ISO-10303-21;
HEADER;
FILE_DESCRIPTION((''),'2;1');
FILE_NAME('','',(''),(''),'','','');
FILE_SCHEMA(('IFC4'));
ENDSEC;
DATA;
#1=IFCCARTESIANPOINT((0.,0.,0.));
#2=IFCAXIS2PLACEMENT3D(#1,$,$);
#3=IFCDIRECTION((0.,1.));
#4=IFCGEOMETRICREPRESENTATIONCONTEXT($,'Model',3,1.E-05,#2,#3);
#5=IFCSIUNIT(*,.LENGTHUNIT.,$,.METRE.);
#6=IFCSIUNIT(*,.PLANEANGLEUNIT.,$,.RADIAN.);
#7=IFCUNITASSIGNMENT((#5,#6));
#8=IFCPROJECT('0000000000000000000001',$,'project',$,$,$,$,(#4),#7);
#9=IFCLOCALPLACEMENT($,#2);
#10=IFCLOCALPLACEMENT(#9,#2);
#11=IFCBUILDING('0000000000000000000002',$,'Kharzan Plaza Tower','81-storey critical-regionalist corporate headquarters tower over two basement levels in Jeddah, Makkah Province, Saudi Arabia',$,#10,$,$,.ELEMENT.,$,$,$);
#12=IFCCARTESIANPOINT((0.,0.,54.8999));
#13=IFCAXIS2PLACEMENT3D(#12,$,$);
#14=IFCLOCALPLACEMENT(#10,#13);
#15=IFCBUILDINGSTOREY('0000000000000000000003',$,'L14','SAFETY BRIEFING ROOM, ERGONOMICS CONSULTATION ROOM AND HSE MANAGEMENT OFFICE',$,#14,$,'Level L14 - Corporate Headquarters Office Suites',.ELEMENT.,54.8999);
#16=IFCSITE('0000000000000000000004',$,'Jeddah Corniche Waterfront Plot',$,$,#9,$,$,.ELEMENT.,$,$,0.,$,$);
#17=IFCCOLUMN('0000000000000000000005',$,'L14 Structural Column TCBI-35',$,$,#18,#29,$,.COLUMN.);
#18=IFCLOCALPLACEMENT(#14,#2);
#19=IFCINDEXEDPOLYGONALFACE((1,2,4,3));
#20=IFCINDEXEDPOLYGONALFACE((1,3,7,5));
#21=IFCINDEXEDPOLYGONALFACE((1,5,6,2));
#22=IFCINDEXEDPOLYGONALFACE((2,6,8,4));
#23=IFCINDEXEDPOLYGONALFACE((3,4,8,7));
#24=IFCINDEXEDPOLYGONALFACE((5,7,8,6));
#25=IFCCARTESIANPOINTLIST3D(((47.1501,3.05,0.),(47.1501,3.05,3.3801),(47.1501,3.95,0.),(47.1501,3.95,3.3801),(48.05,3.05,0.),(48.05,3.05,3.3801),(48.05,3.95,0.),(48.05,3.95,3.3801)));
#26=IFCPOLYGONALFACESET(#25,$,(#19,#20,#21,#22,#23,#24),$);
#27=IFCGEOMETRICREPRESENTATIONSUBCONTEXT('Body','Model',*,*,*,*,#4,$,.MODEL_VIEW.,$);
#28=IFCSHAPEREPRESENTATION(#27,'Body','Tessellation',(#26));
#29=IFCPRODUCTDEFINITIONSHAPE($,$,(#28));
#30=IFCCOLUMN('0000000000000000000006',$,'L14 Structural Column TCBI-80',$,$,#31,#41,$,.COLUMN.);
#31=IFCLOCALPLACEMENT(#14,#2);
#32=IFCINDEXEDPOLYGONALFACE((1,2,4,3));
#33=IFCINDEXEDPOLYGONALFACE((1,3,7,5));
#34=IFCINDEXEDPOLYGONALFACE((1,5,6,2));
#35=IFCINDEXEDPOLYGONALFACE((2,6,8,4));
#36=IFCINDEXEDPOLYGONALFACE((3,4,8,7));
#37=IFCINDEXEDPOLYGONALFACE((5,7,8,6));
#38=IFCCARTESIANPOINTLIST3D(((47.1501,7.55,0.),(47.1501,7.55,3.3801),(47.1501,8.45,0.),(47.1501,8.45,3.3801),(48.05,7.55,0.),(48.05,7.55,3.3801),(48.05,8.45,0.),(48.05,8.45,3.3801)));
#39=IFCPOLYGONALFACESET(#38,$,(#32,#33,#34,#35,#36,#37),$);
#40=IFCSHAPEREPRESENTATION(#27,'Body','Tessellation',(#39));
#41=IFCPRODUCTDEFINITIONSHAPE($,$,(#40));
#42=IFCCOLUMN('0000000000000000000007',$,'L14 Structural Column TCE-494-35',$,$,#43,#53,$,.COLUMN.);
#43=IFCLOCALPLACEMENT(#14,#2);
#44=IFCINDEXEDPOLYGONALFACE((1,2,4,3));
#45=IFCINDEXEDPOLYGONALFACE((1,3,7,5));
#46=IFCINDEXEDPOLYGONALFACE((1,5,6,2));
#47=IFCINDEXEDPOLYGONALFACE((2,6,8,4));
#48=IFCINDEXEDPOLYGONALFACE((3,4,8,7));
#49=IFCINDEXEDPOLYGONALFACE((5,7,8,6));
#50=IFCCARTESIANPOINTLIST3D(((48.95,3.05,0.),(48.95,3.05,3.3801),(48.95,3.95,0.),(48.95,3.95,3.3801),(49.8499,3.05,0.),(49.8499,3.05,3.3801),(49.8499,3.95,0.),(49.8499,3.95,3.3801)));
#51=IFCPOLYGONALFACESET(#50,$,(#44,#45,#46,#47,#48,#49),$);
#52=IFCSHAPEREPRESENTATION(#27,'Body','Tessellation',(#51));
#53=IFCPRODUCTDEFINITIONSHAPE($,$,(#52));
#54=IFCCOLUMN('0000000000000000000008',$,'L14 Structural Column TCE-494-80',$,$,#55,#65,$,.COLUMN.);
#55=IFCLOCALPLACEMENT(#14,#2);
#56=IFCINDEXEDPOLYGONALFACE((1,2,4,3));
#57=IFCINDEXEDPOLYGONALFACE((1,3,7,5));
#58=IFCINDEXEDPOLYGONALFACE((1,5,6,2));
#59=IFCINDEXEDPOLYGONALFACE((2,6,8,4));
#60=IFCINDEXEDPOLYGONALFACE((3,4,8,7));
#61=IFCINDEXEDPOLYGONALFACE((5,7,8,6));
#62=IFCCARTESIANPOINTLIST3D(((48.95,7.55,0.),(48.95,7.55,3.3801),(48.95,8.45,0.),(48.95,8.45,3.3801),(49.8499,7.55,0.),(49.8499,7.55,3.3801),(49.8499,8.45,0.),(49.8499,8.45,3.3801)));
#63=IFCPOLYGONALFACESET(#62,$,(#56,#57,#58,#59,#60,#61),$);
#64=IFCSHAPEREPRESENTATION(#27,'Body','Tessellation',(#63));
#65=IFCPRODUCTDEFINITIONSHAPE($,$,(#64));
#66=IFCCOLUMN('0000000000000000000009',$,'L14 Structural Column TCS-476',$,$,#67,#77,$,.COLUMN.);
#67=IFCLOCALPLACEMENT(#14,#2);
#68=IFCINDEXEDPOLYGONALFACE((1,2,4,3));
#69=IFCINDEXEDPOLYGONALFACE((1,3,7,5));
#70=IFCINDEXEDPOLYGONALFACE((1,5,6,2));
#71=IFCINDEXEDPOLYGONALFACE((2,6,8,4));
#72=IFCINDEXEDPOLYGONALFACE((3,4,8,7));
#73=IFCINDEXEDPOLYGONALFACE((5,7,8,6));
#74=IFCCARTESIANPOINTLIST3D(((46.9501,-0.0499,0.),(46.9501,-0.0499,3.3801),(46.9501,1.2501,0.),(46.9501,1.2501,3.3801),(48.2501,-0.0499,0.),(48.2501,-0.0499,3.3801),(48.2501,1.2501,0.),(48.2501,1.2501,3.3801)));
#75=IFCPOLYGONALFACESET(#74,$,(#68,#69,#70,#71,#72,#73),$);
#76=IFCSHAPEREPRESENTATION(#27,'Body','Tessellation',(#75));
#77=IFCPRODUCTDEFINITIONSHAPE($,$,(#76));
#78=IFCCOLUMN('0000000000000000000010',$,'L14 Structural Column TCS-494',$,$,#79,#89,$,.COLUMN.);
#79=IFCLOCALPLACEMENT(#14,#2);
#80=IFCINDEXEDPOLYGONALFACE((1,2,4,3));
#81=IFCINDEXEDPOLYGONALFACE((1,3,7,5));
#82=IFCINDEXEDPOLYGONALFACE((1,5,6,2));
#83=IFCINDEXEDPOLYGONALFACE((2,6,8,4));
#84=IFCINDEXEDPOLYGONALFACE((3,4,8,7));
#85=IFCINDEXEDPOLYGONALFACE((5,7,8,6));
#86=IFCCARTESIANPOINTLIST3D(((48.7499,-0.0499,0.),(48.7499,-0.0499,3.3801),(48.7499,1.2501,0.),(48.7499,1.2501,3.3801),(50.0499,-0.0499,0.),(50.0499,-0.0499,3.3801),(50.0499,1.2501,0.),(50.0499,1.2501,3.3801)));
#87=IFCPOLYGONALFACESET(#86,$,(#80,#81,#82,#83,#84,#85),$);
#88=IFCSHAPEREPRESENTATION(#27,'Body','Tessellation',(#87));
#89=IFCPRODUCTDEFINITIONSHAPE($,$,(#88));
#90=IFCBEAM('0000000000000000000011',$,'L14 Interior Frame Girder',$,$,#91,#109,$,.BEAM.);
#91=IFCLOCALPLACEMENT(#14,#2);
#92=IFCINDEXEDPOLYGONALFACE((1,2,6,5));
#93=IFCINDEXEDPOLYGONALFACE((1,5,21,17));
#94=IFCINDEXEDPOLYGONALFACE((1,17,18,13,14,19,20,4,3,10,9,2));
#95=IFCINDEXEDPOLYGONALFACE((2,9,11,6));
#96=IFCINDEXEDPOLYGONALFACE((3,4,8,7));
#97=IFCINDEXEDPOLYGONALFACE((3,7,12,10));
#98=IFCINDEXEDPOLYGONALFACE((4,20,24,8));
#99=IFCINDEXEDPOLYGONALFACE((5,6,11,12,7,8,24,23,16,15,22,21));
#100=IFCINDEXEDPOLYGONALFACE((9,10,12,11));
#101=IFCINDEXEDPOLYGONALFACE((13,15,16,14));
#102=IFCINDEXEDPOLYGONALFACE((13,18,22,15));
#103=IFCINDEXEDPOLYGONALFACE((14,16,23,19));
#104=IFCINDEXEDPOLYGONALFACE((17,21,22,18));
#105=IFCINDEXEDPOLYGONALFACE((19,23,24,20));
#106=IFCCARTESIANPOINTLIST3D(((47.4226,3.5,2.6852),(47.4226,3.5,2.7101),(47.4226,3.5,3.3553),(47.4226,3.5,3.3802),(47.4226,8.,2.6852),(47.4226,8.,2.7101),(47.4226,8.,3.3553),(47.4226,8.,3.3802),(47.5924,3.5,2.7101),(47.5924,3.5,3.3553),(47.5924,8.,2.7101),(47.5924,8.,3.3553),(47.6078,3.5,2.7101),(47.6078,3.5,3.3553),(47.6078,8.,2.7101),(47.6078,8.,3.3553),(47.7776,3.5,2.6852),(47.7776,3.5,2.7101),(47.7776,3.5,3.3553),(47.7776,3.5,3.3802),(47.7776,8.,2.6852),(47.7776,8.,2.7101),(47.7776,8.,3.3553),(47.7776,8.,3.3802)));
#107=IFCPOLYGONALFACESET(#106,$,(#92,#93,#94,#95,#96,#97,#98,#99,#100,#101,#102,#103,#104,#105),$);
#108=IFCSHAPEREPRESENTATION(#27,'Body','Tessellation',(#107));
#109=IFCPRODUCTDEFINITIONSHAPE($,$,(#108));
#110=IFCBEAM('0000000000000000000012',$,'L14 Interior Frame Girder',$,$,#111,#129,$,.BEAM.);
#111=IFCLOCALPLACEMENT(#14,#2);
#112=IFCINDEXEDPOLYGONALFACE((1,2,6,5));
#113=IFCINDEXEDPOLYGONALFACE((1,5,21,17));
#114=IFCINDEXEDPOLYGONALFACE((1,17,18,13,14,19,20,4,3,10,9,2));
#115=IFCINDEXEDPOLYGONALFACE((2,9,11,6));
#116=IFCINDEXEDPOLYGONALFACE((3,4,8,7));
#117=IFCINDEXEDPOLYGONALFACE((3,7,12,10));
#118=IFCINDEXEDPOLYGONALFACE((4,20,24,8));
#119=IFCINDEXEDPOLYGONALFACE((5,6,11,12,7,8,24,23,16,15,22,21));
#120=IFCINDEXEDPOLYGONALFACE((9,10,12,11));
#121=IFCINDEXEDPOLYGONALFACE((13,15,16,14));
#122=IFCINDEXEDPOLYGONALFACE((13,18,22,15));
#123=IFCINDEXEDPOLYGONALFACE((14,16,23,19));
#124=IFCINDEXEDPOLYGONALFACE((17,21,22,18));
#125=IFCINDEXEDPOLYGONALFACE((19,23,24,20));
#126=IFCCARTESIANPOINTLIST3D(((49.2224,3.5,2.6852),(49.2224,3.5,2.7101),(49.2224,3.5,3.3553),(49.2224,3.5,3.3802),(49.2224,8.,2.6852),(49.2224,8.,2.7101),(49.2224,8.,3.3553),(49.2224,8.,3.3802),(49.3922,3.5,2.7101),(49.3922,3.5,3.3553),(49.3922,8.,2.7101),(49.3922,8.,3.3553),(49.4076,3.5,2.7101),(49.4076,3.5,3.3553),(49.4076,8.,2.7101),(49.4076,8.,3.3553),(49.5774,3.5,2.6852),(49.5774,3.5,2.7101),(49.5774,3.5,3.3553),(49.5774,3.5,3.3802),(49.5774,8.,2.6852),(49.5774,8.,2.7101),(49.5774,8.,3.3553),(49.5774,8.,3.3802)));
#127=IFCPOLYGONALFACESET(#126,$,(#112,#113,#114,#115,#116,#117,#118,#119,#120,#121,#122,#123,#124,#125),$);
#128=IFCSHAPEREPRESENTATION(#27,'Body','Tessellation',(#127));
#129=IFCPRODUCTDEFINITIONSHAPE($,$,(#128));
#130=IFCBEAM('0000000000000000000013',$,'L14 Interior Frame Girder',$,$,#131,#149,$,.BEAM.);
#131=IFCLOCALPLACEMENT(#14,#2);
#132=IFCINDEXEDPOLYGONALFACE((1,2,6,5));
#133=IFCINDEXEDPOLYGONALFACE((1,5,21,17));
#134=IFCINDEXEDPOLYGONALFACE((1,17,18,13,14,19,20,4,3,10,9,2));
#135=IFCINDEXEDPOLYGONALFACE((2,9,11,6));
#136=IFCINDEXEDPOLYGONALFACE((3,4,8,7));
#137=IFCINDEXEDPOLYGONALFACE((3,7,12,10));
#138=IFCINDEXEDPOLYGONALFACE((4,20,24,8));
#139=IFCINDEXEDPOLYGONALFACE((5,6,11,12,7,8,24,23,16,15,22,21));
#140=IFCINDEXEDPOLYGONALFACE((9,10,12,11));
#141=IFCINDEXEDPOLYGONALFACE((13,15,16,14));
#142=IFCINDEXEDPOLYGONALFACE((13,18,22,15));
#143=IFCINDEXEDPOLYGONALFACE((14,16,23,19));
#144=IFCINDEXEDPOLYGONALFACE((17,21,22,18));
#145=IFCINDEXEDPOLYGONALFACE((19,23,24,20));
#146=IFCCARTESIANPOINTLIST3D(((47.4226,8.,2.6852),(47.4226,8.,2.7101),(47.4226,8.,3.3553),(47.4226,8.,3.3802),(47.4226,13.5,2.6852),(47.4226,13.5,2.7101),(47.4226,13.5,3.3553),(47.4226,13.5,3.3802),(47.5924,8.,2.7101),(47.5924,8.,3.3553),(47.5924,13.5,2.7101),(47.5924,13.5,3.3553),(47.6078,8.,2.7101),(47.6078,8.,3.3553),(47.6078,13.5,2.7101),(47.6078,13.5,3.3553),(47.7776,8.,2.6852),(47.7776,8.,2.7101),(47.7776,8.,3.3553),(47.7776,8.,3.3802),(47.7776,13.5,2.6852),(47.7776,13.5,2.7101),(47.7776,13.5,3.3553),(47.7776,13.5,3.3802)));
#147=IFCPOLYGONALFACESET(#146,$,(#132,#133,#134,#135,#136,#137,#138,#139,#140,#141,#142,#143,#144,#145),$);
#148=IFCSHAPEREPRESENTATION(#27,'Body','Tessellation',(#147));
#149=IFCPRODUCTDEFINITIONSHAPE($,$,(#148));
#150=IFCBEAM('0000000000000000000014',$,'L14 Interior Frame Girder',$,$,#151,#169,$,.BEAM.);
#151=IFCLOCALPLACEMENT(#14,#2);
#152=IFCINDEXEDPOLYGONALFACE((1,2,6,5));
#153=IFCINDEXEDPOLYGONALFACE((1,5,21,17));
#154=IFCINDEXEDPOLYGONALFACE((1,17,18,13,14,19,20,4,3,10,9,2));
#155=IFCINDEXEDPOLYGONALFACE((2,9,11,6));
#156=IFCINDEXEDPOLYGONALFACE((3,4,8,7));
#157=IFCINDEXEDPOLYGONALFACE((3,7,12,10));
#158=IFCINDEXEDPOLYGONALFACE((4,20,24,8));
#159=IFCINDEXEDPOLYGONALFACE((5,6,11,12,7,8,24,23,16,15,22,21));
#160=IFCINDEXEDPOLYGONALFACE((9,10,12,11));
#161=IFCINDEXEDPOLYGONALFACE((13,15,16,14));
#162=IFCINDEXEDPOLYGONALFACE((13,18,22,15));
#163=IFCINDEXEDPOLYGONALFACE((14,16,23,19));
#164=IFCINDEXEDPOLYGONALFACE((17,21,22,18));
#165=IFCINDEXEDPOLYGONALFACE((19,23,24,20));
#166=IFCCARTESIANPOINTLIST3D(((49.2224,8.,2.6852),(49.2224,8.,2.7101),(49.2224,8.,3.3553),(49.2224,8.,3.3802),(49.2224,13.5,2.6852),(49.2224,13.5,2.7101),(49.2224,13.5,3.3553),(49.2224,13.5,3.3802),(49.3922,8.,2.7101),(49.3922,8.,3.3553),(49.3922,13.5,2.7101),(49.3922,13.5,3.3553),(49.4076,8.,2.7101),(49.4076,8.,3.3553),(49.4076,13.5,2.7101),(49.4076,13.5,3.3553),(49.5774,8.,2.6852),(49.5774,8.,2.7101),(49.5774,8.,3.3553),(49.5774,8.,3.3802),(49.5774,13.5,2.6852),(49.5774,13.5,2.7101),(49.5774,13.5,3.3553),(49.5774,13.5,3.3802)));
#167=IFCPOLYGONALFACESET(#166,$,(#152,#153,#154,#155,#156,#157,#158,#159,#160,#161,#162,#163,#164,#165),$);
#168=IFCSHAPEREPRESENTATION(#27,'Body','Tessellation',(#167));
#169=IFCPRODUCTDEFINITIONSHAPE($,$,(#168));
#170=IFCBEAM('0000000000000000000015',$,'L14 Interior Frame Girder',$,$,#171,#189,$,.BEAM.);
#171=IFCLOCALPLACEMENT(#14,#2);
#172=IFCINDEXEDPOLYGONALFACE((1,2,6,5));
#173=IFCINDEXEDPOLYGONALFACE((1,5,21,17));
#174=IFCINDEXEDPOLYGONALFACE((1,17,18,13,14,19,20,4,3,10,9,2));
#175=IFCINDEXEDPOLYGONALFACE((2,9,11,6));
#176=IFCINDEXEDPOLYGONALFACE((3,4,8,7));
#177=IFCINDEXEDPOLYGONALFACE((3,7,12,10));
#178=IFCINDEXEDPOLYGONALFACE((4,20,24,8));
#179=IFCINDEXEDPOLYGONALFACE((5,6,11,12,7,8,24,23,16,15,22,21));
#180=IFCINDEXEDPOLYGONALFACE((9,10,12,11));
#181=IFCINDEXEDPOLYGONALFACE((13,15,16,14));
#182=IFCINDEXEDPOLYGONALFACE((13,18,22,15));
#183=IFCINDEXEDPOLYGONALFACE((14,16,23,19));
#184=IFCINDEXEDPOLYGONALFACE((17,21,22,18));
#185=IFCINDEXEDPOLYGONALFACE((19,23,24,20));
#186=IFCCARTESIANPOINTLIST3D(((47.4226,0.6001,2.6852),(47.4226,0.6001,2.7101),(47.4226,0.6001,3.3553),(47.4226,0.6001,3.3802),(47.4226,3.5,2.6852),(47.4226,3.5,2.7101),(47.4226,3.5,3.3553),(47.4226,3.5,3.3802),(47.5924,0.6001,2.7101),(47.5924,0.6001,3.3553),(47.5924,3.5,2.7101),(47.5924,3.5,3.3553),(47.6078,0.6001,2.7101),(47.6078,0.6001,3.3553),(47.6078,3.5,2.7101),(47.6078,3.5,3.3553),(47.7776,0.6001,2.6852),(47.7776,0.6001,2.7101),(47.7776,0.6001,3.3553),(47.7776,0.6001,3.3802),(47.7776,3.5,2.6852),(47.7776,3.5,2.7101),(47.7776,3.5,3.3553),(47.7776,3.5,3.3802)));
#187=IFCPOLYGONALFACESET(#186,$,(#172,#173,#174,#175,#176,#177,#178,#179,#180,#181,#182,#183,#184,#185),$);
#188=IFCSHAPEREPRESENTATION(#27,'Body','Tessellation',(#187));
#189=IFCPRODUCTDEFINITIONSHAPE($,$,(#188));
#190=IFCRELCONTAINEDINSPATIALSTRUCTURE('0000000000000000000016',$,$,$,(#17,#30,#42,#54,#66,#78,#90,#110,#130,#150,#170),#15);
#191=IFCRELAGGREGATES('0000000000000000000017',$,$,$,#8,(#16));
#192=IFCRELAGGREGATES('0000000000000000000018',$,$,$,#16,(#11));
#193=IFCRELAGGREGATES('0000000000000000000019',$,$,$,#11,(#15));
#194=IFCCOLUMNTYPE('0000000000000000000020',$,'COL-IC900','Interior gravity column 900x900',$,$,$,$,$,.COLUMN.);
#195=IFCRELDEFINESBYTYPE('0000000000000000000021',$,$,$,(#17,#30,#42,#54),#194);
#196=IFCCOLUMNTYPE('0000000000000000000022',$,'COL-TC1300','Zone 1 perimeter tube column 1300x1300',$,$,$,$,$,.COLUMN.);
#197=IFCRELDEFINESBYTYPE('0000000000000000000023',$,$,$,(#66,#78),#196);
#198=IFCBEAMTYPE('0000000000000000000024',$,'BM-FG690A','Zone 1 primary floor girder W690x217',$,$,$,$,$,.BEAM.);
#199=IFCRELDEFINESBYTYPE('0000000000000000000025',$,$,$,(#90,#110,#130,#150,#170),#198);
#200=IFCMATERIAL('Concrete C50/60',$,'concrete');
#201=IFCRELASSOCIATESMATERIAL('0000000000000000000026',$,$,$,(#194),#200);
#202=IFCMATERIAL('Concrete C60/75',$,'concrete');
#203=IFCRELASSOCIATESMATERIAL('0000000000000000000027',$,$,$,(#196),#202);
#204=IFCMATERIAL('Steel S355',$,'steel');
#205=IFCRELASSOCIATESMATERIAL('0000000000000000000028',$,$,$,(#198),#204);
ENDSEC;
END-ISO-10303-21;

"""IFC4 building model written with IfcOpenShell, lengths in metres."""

from ifc_helpers import new_model, si_unit, direction, frame, origin, origin_2d, place, context, subcontext, project, spatial, rectangle, i_section, extrude, source, transform, mapped, material, material_profile, profile_set, type_object, element, save


model = new_model("IFC4")

# Units and contexts
model_context = context("Model", 3, precision=1e-05, world=origin(), true_north=direction((0.0, 1.0)))
body_context = subcontext(model_context, "Body", "Model", "MODEL_VIEW")
ifc_project = project(units=[si_unit("LENGTHUNIT", "METRE"), si_unit("PLANEANGLEUNIT", "RADIAN")], contexts=[model_context])

# Site, building, storey
site_placement = place(None, origin())
site = spatial("IfcSite", under=ifc_project, at=site_placement, Name="Jeddah Corniche Waterfront Plot", CompositionType="ELEMENT", RefElevation=0.0)
building_placement = place(site_placement, origin())
building = spatial("IfcBuilding", under=site, at=building_placement, Name="Kharzan Plaza Tower", Description="81-storey critical-regionalist corporate headquarters tower over two basement levels in Jeddah, Makkah Province, Saudi Arabia", CompositionType="ELEMENT")
storey_placement = place(building_placement, frame((0.0, 0.0, 54.8999)))
storey = spatial("IfcBuildingStorey", under=building, at=storey_placement, Name="L14", Description="SAFETY BRIEFING ROOM, ERGONOMICS CONSULTATION ROOM AND HSE MANAGEMENT OFFICE", LongName="Level L14 - Corporate Headquarters Office Suites", CompositionType="ELEMENT", Elevation=54.8999)

# Columns
ifc_material_1 = material(Name="Concrete C50/60", Category="concrete")
ifc_material_profile_1 = material_profile(ifc_material_1, rectangle(XDim=0.8999, YDim=0.8999, at=origin_2d()), Name="RC-IC900x900")
ifc_profile_set_1 = profile_set([ifc_material_profile_1], Name="Concrete C50/60")
column_type_1 = type_object("IfcColumnType", Name="COL-IC900", Description="Interior gravity column 900x900", PredefinedType="COLUMN", material=ifc_profile_set_1)
shared_shape_1 = source(origin(), body_context, "Body", "SweptSolid", [
    extrude(rectangle(XDim=0.8999, YDim=0.8999, at=origin_2d()), origin(), (0.0, 0.0, 1.0), 3.3801),
])
for number, where, z_axis, x_axis, name in (
    (1, (47.6001, 3.5, 0.0), (0.0, 0.0, 1.0), (1.0, 0.0, 0.0), "L14 Structural Column TCBI-35"),
    (2, (47.6001, 8.0, 0.0), (0.0, 0.0, 1.0), (1.0, 0.0, 0.0), "L14 Structural Column TCBI-80"),
    (3, (49.3999, 3.5, 0.0), (0.0, 0.0, 1.0), (1.0, 0.0, 0.0), "L14 Structural Column TCE-494-35"),
    (4, (49.3999, 8.0, 0.0), (0.0, 0.0, 1.0), (1.0, 0.0, 0.0), "L14 Structural Column TCE-494-80"),
):
    element("IfcColumn", number, at=place(storey_placement, frame(where, z_axis=z_axis, x_axis=x_axis)), inside=storey, type_object=column_type_1, Name=name, PredefinedType="COLUMN", context=body_context, shape_type="MappedRepresentation", body=[
        mapped(shared_shape_1, transform((0.0, 0.0, 0.0), x_axis=(1.0, 0.0, 0.0), y_axis=(0.0, 1.0, 0.0), z_axis=(0.0, 0.0, 1.0))),
    ])
ifc_material_2 = material(Name="Concrete C60/75", Category="concrete")
ifc_material_profile_2 = material_profile(ifc_material_2, rectangle(XDim=1.3, YDim=1.3, at=origin_2d()), Name="RC-TC1300x1300")
ifc_profile_set_2 = profile_set([ifc_material_profile_2], Name="Concrete C60/75")
column_type_2 = type_object("IfcColumnType", Name="COL-TC1300", Description="Zone 1 perimeter tube column 1300x1300", PredefinedType="COLUMN", material=ifc_profile_set_2)
shared_shape_2 = source(origin(), body_context, "Body", "SweptSolid", [
    extrude(rectangle(XDim=1.3, YDim=1.3, at=origin_2d()), origin(), (0.0, 0.0, 1.0), 3.3801),
])
for number, where, z_axis, x_axis, name in (
    (5, (47.6001, 0.6001, 0.0), (0.0, 0.0, 1.0), (1.0, 0.0, 0.0), "L14 Structural Column TCS-476"),
    (6, (49.3999, 0.6001, 0.0), (0.0, 0.0, 1.0), (1.0, 0.0, 0.0), "L14 Structural Column TCS-494"),
):
    element("IfcColumn", number, at=place(storey_placement, frame(where, z_axis=z_axis, x_axis=x_axis)), inside=storey, type_object=column_type_2, Name=name, PredefinedType="COLUMN", context=body_context, shape_type="MappedRepresentation", body=[
        mapped(shared_shape_2, transform((0.0, 0.0, 0.0), x_axis=(1.0, 0.0, 0.0), y_axis=(0.0, 1.0, 0.0), z_axis=(0.0, 0.0, 1.0))),
    ])

# Beams
ifc_material_3 = material(Name="Steel S355", Category="steel")
ifc_material_profile_3 = material_profile(ifc_material_3, i_section(OverallWidth=0.355, OverallDepth=0.6951, WebThickness=0.0154, FlangeThickness=0.0249, at=origin_2d()), Name="W690x217")
ifc_profile_set_3 = profile_set([ifc_material_profile_3], Name="Steel S355")
beam_type_1 = type_object("IfcBeamType", Name="BM-FG690A", Description="Zone 1 primary floor girder W690x217", PredefinedType="BEAM", material=ifc_profile_set_3)
shared_shape_3 = source(origin(), body_context, "Body", "SweptSolid", [
    extrude(i_section(OverallWidth=0.355, OverallDepth=0.6951, WebThickness=0.0154, FlangeThickness=0.0249, at=origin_2d()), origin(), (0.0, 0.0, 1.0), 4.5),
])
for number, where, z_axis, x_axis, name in (
    (7, (47.6001, 3.5, 3.0327), (0.0, 1.0, 0.0), (-1.0, 0.0, 0.0), "L14 Interior Frame Girder"),
    (8, (49.3999, 3.5, 3.0327), (0.0, 1.0, 0.0), (-1.0, 0.0, 0.0), "L14 Interior Frame Girder"),
):
    element("IfcBeam", number, at=place(storey_placement, frame(where, z_axis=z_axis, x_axis=x_axis)), inside=storey, type_object=beam_type_1, Name=name, PredefinedType="BEAM", context=body_context, shape_type="MappedRepresentation", body=[
        mapped(shared_shape_3, transform((0.0, 0.0, 0.0), x_axis=(1.0, 0.0, 0.0), y_axis=(0.0, 1.0, 0.0), z_axis=(0.0, 0.0, 1.0))),
    ])
shared_shape_4 = source(origin(), body_context, "Body", "SweptSolid", [
    extrude(i_section(OverallWidth=0.355, OverallDepth=0.6951, WebThickness=0.0154, FlangeThickness=0.0249, at=origin_2d()), origin(), (0.0, 0.0, 1.0), 5.5),
])
for number, where, z_axis, x_axis, name in (
    (9, (47.6001, 8.0, 3.0327), (0.0, 1.0, 0.0), (-1.0, 0.0, 0.0), "L14 Interior Frame Girder"),
    (10, (49.3999, 8.0, 3.0327), (0.0, 1.0, 0.0), (-1.0, 0.0, 0.0), "L14 Interior Frame Girder"),
):
    element("IfcBeam", number, at=place(storey_placement, frame(where, z_axis=z_axis, x_axis=x_axis)), inside=storey, type_object=beam_type_1, Name=name, PredefinedType="BEAM", context=body_context, shape_type="MappedRepresentation", body=[
        mapped(shared_shape_4, transform((0.0, 0.0, 0.0), x_axis=(1.0, 0.0, 0.0), y_axis=(0.0, 1.0, 0.0), z_axis=(0.0, 0.0, 1.0))),
    ])
shared_shape_5 = source(origin(), body_context, "Body", "SweptSolid", [
    extrude(i_section(OverallWidth=0.355, OverallDepth=0.6951, WebThickness=0.0154, FlangeThickness=0.0249, at=origin_2d()), origin(), (0.0, 0.0, 1.0), 2.8999),
])
for number, where, z_axis, x_axis, name in (
    (11, (47.6001, 0.6001, 3.0327), (0.0, 1.0, 0.0), (-1.0, 0.0, 0.0), "L14 Interior Frame Girder"),
):
    element("IfcBeam", number, at=place(storey_placement, frame(where, z_axis=z_axis, x_axis=x_axis)), inside=storey, type_object=beam_type_1, Name=name, PredefinedType="BEAM", context=body_context, shape_type="MappedRepresentation", body=[
        mapped(shared_shape_5, transform((0.0, 0.0, 0.0), x_axis=(1.0, 0.0, 0.0), y_axis=(0.0, 1.0, 0.0), z_axis=(0.0, 0.0, 1.0))),
    ])

save(model, "model.ifc")
